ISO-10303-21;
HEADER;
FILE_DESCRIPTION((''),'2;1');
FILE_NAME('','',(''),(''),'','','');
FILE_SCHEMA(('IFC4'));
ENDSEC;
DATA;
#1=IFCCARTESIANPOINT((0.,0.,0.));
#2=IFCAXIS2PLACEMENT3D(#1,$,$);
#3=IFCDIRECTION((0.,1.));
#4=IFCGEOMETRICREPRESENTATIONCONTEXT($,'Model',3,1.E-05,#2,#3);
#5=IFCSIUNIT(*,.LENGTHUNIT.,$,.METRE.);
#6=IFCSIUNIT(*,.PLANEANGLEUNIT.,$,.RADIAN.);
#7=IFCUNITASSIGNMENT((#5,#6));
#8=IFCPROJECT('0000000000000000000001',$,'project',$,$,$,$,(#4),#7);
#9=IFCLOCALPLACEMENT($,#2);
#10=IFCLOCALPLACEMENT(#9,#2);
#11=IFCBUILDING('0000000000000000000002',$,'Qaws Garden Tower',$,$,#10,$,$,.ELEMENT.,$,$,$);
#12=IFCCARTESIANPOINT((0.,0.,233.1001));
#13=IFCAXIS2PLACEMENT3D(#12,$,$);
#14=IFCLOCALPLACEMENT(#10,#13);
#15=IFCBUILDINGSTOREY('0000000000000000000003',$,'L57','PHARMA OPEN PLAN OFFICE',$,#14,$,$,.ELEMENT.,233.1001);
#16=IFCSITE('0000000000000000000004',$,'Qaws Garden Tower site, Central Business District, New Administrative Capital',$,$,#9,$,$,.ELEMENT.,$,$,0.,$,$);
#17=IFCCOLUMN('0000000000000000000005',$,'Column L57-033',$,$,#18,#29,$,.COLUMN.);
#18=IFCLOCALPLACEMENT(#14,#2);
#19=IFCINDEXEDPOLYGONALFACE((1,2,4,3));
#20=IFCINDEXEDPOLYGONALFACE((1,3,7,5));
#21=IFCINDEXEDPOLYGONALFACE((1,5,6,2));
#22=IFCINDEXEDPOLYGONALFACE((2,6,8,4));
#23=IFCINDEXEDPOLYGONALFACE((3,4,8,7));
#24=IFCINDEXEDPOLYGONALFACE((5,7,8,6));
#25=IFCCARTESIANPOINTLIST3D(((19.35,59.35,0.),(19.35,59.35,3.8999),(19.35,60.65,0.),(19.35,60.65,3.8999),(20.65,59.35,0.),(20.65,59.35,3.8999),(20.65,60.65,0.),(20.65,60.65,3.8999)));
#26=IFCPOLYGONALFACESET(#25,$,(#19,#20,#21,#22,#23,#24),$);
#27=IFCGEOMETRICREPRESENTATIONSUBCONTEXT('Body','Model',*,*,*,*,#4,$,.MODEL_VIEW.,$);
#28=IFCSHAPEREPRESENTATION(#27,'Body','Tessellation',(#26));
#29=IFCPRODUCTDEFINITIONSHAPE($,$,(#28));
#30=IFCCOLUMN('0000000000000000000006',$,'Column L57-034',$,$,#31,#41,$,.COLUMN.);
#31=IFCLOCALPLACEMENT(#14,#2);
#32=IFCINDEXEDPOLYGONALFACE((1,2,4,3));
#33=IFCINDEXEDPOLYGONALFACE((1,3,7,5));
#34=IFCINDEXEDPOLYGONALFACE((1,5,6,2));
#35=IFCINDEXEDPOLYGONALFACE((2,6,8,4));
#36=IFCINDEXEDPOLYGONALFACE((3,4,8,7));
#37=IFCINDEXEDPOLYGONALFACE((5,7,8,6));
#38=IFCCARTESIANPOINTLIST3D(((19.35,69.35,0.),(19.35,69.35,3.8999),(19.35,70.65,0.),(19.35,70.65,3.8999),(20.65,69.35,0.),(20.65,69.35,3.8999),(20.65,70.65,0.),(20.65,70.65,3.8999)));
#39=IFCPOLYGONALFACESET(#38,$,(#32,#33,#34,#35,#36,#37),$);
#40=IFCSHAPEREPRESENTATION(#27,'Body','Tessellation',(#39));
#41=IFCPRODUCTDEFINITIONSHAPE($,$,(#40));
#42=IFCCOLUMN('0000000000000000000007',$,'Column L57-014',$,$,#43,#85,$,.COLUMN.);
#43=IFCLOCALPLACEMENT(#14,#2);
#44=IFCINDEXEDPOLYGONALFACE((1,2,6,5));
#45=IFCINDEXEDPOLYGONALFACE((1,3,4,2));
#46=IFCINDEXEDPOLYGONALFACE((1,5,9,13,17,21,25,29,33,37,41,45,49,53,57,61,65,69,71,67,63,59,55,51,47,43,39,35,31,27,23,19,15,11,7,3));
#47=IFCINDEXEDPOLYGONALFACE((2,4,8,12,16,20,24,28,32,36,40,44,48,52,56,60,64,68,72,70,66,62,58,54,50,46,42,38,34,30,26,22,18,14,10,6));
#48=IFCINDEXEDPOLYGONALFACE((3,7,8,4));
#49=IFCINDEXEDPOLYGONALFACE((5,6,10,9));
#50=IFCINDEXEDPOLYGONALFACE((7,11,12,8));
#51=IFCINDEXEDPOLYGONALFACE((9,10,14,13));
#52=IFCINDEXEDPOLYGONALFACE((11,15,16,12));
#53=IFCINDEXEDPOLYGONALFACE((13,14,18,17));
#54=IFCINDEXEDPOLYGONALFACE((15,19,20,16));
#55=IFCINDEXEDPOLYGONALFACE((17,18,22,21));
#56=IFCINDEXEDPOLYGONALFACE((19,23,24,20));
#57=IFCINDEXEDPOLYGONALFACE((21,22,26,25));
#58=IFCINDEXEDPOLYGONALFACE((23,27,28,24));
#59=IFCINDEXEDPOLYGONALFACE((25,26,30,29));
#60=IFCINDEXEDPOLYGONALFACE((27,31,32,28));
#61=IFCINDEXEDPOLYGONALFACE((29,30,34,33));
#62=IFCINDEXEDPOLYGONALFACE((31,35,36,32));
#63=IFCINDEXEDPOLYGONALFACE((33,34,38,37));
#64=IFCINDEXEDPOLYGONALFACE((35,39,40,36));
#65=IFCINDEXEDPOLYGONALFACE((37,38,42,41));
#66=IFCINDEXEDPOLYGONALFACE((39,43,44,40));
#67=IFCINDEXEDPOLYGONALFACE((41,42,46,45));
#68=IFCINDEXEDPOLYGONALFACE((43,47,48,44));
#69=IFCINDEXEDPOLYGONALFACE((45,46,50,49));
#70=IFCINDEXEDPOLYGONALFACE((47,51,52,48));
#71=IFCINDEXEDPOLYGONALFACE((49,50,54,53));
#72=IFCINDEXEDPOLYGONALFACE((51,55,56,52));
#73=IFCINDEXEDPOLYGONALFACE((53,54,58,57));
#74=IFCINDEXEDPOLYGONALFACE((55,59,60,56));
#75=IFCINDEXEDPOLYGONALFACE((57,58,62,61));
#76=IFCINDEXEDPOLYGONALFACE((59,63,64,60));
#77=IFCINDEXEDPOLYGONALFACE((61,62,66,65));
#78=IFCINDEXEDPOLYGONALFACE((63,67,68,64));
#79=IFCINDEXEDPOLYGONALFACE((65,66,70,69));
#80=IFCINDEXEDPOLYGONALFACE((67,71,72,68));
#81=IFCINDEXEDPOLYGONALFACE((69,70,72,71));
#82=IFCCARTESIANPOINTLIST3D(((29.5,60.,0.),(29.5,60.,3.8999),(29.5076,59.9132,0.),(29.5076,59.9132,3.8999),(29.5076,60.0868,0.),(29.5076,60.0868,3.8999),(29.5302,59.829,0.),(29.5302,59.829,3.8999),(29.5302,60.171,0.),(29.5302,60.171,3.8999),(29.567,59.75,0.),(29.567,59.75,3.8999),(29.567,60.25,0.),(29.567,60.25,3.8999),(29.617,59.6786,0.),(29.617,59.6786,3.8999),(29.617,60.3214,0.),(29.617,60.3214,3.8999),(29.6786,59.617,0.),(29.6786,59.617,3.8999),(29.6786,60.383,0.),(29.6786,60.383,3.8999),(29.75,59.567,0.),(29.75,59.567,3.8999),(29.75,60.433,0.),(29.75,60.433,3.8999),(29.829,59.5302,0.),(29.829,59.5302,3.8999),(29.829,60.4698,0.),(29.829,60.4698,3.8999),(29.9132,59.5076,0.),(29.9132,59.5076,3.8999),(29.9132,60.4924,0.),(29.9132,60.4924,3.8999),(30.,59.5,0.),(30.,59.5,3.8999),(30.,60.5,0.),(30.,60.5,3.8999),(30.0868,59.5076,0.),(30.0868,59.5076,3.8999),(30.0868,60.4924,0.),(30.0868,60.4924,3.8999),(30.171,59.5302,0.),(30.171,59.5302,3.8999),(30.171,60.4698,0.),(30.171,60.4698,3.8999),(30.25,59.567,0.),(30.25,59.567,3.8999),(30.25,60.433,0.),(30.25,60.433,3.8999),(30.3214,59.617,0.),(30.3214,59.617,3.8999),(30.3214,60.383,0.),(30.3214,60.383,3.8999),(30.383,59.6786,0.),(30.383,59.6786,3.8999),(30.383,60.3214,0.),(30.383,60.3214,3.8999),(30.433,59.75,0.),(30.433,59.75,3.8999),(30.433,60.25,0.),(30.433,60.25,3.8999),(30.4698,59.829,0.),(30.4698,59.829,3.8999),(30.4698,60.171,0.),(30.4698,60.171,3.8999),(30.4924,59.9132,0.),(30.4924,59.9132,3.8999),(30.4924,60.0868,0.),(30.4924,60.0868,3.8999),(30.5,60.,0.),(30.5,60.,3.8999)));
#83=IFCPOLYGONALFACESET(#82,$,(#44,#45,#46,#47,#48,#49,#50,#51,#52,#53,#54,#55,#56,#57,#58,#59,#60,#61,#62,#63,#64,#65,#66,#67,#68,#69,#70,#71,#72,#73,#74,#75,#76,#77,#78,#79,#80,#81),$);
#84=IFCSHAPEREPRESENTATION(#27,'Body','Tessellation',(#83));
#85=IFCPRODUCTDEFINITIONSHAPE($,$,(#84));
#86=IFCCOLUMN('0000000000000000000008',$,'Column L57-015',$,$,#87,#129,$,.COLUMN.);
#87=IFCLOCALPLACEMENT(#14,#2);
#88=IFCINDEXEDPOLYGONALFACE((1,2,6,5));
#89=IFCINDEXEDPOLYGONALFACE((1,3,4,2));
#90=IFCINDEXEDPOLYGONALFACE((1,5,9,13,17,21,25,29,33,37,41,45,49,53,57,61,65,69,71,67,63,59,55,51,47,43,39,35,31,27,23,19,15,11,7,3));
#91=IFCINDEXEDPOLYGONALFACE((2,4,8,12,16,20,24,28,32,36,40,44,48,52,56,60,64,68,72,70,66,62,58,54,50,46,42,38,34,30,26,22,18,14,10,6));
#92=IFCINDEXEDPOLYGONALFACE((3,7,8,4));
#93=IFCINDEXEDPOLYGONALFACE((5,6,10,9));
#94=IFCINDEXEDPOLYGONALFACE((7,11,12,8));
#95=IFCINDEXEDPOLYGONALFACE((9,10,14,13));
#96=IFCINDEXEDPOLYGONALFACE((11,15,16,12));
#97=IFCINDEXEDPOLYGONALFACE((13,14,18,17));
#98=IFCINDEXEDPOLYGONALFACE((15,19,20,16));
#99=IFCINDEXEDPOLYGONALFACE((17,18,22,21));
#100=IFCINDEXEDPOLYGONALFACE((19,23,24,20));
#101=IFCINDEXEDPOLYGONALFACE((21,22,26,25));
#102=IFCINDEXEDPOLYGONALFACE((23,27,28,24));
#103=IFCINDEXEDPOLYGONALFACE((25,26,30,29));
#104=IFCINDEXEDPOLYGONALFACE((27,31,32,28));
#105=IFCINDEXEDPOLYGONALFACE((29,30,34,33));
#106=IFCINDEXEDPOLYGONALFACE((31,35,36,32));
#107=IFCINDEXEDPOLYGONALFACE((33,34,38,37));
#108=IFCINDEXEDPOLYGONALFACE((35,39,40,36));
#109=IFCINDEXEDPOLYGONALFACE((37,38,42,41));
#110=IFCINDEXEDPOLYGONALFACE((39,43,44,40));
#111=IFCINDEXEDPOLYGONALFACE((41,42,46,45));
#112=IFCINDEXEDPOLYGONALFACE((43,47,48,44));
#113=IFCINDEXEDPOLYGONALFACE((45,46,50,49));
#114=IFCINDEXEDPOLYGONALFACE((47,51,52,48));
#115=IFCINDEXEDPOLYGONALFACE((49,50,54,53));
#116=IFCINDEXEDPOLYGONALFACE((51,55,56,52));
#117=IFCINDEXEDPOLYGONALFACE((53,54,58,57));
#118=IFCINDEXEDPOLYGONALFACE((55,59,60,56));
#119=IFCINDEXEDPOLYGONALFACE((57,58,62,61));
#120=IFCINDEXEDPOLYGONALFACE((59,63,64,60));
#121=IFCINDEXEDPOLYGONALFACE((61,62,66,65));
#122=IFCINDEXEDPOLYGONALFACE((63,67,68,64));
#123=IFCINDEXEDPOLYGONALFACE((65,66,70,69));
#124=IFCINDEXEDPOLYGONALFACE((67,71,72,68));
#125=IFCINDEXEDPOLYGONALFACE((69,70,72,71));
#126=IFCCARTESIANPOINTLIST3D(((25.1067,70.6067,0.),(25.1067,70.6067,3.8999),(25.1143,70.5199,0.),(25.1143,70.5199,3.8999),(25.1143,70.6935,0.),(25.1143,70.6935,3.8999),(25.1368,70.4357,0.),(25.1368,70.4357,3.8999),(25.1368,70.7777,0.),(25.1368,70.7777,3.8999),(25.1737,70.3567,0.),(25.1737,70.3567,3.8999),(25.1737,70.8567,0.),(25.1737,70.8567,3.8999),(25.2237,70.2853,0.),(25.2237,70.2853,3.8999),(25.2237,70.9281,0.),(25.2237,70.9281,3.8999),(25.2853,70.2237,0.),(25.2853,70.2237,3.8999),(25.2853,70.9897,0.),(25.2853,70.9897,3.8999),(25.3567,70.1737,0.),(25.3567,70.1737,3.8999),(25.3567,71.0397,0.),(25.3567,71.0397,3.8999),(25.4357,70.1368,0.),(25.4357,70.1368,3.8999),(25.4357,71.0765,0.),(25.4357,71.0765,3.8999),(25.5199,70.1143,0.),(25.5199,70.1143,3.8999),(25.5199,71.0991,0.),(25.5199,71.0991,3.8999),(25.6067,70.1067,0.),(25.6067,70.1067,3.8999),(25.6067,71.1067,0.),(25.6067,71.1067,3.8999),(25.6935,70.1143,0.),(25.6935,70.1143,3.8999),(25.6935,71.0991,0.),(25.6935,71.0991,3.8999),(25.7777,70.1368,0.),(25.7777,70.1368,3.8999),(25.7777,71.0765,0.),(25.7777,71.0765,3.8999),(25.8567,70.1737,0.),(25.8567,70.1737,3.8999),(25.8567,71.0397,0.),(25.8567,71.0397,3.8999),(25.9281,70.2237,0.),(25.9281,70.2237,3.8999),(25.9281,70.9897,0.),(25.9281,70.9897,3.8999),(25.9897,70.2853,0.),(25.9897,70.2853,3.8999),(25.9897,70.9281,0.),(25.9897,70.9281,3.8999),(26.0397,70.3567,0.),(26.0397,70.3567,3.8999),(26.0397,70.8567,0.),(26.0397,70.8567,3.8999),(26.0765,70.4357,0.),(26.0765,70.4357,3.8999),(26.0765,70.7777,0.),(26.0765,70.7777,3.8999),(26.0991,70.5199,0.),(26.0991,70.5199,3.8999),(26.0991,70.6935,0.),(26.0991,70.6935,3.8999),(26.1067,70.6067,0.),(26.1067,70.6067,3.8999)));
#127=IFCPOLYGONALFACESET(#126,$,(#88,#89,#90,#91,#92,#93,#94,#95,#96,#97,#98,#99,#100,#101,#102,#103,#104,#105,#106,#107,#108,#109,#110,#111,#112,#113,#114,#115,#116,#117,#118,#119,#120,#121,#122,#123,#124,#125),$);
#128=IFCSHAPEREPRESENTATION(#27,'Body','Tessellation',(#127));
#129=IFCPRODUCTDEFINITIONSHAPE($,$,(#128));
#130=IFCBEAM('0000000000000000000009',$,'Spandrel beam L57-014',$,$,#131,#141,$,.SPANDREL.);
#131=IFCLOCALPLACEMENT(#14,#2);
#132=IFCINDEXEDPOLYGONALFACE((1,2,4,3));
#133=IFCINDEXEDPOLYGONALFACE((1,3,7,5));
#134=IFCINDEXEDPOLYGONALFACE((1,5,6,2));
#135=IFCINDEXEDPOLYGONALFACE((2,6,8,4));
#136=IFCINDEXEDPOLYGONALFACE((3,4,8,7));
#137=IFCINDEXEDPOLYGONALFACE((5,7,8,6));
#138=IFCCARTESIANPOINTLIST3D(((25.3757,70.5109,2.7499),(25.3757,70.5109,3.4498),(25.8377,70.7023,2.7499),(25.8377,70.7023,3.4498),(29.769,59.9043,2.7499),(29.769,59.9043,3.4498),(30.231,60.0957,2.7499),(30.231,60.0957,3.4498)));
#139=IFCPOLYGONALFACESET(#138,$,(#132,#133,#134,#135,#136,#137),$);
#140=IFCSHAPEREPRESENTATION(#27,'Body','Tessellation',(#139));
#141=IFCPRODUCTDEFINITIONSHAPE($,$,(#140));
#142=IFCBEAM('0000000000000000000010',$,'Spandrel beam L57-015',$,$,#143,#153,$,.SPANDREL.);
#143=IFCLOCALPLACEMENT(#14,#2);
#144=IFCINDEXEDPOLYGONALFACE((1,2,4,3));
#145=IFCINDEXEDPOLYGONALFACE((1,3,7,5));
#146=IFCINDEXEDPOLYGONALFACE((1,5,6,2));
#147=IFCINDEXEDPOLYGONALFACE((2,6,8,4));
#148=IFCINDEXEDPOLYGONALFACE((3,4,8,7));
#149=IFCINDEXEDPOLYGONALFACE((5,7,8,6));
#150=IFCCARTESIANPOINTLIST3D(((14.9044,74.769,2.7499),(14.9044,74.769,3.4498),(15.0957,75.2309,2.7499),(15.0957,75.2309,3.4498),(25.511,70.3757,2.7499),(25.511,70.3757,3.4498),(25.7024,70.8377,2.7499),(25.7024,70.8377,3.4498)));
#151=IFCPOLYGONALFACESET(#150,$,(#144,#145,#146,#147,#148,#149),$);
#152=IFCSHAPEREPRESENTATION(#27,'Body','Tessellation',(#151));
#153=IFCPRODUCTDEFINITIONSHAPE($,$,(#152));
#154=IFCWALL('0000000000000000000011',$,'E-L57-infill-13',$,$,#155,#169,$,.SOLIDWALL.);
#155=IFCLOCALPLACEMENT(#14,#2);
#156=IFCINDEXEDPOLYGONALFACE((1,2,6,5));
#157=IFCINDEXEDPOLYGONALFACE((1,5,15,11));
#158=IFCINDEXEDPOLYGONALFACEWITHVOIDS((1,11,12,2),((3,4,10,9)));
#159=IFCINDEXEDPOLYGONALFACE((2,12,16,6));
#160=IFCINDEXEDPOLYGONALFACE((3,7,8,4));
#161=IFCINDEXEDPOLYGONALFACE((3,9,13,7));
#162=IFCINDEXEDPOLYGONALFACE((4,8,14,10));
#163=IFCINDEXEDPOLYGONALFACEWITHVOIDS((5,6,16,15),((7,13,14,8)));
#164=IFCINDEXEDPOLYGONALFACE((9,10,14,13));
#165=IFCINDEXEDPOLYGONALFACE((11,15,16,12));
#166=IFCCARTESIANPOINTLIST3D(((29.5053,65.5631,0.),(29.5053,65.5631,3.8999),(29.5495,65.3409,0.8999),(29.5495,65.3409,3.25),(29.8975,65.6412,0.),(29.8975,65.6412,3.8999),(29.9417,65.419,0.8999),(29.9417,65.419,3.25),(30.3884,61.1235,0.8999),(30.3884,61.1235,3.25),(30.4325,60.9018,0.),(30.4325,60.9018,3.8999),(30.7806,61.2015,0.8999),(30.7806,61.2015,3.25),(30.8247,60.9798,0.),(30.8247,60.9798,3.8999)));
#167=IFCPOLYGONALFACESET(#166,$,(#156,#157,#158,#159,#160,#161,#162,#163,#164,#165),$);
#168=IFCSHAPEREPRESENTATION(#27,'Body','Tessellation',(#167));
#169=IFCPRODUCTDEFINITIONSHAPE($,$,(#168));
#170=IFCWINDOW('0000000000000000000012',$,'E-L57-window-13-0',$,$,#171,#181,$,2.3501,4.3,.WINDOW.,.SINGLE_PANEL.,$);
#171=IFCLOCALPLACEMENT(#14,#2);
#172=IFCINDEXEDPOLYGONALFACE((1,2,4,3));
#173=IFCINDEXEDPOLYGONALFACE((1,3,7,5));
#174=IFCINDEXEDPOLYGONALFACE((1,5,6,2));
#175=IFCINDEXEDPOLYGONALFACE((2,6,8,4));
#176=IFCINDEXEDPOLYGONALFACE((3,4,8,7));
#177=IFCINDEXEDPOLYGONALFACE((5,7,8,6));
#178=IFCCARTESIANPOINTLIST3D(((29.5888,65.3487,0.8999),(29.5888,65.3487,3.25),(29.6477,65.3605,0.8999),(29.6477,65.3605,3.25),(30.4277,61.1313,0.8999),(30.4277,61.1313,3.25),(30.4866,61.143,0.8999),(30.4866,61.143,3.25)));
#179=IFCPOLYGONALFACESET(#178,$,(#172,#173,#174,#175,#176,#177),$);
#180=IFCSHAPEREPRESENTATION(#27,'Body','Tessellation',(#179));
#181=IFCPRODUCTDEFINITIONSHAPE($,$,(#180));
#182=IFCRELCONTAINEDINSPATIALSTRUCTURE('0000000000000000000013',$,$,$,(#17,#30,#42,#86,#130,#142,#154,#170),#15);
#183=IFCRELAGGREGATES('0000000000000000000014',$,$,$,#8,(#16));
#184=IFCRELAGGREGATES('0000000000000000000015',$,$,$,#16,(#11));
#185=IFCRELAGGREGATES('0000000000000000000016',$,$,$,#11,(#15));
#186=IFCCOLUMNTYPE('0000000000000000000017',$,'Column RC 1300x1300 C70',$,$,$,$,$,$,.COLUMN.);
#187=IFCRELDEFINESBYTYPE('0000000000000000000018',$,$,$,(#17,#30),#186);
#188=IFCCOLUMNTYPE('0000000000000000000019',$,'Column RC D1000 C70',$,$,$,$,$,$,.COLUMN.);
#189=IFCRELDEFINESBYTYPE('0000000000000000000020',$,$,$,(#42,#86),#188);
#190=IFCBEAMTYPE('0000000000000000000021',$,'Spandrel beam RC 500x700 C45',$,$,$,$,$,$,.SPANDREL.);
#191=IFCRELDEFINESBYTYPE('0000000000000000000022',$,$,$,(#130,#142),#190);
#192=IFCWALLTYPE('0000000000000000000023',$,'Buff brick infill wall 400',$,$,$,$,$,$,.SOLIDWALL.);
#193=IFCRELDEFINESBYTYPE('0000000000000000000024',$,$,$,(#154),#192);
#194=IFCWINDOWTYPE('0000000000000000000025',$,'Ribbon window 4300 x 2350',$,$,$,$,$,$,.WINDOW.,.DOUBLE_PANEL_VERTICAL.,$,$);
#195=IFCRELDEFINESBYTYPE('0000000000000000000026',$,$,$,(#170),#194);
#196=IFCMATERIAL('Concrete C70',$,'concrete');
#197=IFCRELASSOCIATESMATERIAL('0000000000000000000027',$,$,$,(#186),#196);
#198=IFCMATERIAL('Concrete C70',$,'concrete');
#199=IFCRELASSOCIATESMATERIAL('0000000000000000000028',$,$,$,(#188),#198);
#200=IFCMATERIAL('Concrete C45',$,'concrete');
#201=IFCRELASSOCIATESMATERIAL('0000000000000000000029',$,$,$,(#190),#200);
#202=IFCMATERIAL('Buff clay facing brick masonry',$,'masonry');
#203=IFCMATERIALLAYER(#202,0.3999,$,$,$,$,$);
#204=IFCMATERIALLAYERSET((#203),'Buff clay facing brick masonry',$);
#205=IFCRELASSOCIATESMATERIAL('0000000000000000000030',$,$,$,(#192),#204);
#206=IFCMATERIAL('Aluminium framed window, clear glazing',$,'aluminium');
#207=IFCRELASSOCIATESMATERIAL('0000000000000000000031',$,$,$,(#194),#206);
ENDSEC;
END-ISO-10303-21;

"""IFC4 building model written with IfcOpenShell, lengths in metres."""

from ifc_helpers import new_model, si_unit, direction, frame, frame_2d, origin, origin_2d, place, context, subcontext, project, spatial, rectangle, circle, extrude, material, layer, layer_set, material_profile, profile_set, type_object, element, fill, save


model = new_model("IFC4")

# Units and contexts
model_context = context("Model", 3, precision=1e-05, world=origin(), true_north=direction((0.0, 1.0)))
body_context = subcontext(model_context, "Body", "Model", "MODEL_VIEW")
ifc_project = project(units=[si_unit("LENGTHUNIT", "METRE"), si_unit("PLANEANGLEUNIT", "RADIAN")], contexts=[model_context])

# Site, building, storey
site_placement = place(None, origin())
site = spatial("IfcSite", under=ifc_project, at=site_placement, Name="Qaws Garden Tower site, Central Business District, New Administrative Capital", CompositionType="ELEMENT", RefElevation=0.0)
building_placement = place(site_placement, origin())
building = spatial("IfcBuilding", under=site, at=building_placement, Name="Qaws Garden Tower", CompositionType="ELEMENT")
storey_placement = place(building_placement, frame((0.0, 0.0, 233.1001)))
storey = spatial("IfcBuildingStorey", under=building, at=storey_placement, Name="L57", Description="PHARMA OPEN PLAN OFFICE", CompositionType="ELEMENT", Elevation=233.1001)

# Columns
ifc_material_1 = material(Name="Concrete C70", Category="concrete")
ifc_material_profile_1 = material_profile(ifc_material_1, rectangle(XDim=1.3, YDim=1.3, at=origin_2d()), Name="RC 1300x1300")
ifc_profile_set_1 = profile_set([ifc_material_profile_1], Name="Concrete C70")
column_type_1 = type_object("IfcColumnType", Name="Column RC 1300x1300 C70", PredefinedType="COLUMN", material=ifc_profile_set_1)
for number, where, z_axis, x_axis, name in (
    (1, (20.0, 60.0, 0.0), (0.0, 0.0, 1.0), (1.0, 0.0, 0.0), "Column L57-033"),
    (2, (20.0, 70.0, 0.0), (0.0, 0.0, 1.0), (1.0, 0.0, 0.0), "Column L57-034"),
):
    element("IfcColumn", number, at=place(storey_placement, frame(where, z_axis=z_axis, x_axis=x_axis)), inside=storey, type_object=column_type_1, Name=name, PredefinedType="COLUMN", context=body_context, shape_type="SweptSolid", body=[
        extrude(rectangle(XDim=1.3, YDim=1.3, at=origin_2d()), origin(), (0.0, 0.0, 1.0), 3.8999),
    ])
ifc_material_2 = material(Name="Concrete C70", Category="concrete")
ifc_material_profile_2 = material_profile(ifc_material_2, circle(Radius=0.5, at=origin_2d()), Name="RC D1000")
ifc_profile_set_2 = profile_set([ifc_material_profile_2], Name="Concrete C70")
column_type_2 = type_object("IfcColumnType", Name="Column RC D1000 C70", PredefinedType="COLUMN", material=ifc_profile_set_2)
for number, where, z_axis, x_axis, name in (
    (3, (30.0, 60.0, 0.0), (0.0, 0.0, 1.0), (1.0, 0.0, 0.0), "Column L57-014"),
    (4, (25.6067, 70.6067, 0.0), (0.0, 0.0, 1.0), (1.0, 0.0, 0.0), "Column L57-015"),
):
    element("IfcColumn", number, at=place(storey_placement, frame(where, z_axis=z_axis, x_axis=x_axis)), inside=storey, type_object=column_type_2, Name=name, PredefinedType="COLUMN", context=body_context, shape_type="SweptSolid", body=[
        extrude(circle(Radius=0.5, at=origin_2d()), origin(), (0.0, 0.0, 1.0), 3.8999),
    ])

# Beams
ifc_material_3 = material(Name="Concrete C45", Category="concrete")
ifc_material_profile_3 = material_profile(ifc_material_3, rectangle(XDim=0.5, YDim=0.7, at=origin_2d()), Name="RC 500x700")
ifc_profile_set_3 = profile_set([ifc_material_profile_3], Name="Concrete C45")
beam_type = type_object("IfcBeamType", Name="Spandrel beam RC 500x700 C45", PredefinedType="SPANDREL", material=ifc_profile_set_3)
for number, where, z_axis, x_axis, name in (
    (5, (30.0, 60.0, 3.0999), (-0.382674, 0.923883, 0.0), (-0.923883, -0.382674, 0.0), "Spandrel beam L57-014"),
    (6, (25.6067, 70.6067, 3.0999), (-0.923883, 0.382674, 0.0), (-0.382674, -0.923883, 0.0), "Spandrel beam L57-015"),
):
    element("IfcBeam", number, at=place(storey_placement, frame(where, z_axis=z_axis, x_axis=x_axis)), inside=storey, type_object=beam_type, Name=name, PredefinedType="SPANDREL", context=body_context, shape_type="SweptSolid", body=[
        extrude(rectangle(XDim=0.5, YDim=0.7, at=origin_2d()), origin(), (0.0, 0.0, 1.0), 11.4805),
    ])

# Wall, opening, window
ifc_material_4 = material(Name="Buff clay facing brick masonry", Category="masonry")
ifc_layer_1 = layer(ifc_material_4, 0.3999)
ifc_layer_set_1 = layer_set([ifc_layer_1], Name="Buff clay facing brick masonry")
wall_type_1 = type_object("IfcWallType", Name="Buff brick infill wall 400", PredefinedType="SOLIDWALL", material=ifc_layer_set_1)
wall_1_placement = place(storey_placement, frame((30.6287, 60.9407, 0.0), z_axis=(0.0, 0.0, 1.0), x_axis=(-0.195099, 0.980784, 0.0)))
wall_1 = element("IfcWall", 7, at=wall_1_placement, inside=storey, type_object=wall_type_1, Name="E-L57-infill-13", PredefinedType="SOLIDWALL", context=body_context, shape_type="SweptSolid", body=[
    extrude(rectangle(XDim=4.7527, YDim=0.3999, at=frame_2d((2.3765, 0.0))), origin(), (0.0, 0.0, 1.0), 3.8999),
])
opening_1_placement = place(wall_1_placement, frame((0.2263, 0.0, 0.8999)))
opening_1 = element("IfcOpeningElement", 8, at=opening_1_placement, cuts=wall_1, PredefinedType="OPENING", context=body_context, shape_type="SweptSolid", body=[
    extrude(rectangle(XDim=4.3, YDim=2.3501, at=frame_2d((2.1499, 1.175))), frame((0.0, 0.21, 0.0), z_axis=(0.0, -1.0, 0.0), x_axis=(1.0, 0.0, 0.0)), (0.0, 0.0, 1.0), 0.4199),
])
ifc_material_5 = material(Name="Aluminium framed window, clear glazing", Category="aluminium")
window_type = type_object("IfcWindowType", Name="Ribbon window 4300 x 2350", PartitioningType="DOUBLE_PANEL_VERTICAL", PredefinedType="WINDOW", material=ifc_material_5)
window_1_placement = place(opening_1_placement, origin())
window_1 = element("IfcWindow", 9, at=window_1_placement, inside=storey, type_object=window_type, Name="E-L57-window-13-0", OverallHeight=2.3501, OverallWidth=4.3, PartitioningType="SINGLE_PANEL", PredefinedType="WINDOW", context=body_context, shape_type="SweptSolid", body=[
    extrude(rectangle(XDim=4.3, YDim=2.3501, at=frame_2d((2.1499, 1.175))), frame((0.0, 0.1599, 0.0), z_axis=(0.0, -1.0, 0.0), x_axis=(1.0, 0.0, 0.0)), (0.0, 0.0, 1.0), 0.0601),
])
fill(opening_1, window_1)

save(model, "model.ifc")
